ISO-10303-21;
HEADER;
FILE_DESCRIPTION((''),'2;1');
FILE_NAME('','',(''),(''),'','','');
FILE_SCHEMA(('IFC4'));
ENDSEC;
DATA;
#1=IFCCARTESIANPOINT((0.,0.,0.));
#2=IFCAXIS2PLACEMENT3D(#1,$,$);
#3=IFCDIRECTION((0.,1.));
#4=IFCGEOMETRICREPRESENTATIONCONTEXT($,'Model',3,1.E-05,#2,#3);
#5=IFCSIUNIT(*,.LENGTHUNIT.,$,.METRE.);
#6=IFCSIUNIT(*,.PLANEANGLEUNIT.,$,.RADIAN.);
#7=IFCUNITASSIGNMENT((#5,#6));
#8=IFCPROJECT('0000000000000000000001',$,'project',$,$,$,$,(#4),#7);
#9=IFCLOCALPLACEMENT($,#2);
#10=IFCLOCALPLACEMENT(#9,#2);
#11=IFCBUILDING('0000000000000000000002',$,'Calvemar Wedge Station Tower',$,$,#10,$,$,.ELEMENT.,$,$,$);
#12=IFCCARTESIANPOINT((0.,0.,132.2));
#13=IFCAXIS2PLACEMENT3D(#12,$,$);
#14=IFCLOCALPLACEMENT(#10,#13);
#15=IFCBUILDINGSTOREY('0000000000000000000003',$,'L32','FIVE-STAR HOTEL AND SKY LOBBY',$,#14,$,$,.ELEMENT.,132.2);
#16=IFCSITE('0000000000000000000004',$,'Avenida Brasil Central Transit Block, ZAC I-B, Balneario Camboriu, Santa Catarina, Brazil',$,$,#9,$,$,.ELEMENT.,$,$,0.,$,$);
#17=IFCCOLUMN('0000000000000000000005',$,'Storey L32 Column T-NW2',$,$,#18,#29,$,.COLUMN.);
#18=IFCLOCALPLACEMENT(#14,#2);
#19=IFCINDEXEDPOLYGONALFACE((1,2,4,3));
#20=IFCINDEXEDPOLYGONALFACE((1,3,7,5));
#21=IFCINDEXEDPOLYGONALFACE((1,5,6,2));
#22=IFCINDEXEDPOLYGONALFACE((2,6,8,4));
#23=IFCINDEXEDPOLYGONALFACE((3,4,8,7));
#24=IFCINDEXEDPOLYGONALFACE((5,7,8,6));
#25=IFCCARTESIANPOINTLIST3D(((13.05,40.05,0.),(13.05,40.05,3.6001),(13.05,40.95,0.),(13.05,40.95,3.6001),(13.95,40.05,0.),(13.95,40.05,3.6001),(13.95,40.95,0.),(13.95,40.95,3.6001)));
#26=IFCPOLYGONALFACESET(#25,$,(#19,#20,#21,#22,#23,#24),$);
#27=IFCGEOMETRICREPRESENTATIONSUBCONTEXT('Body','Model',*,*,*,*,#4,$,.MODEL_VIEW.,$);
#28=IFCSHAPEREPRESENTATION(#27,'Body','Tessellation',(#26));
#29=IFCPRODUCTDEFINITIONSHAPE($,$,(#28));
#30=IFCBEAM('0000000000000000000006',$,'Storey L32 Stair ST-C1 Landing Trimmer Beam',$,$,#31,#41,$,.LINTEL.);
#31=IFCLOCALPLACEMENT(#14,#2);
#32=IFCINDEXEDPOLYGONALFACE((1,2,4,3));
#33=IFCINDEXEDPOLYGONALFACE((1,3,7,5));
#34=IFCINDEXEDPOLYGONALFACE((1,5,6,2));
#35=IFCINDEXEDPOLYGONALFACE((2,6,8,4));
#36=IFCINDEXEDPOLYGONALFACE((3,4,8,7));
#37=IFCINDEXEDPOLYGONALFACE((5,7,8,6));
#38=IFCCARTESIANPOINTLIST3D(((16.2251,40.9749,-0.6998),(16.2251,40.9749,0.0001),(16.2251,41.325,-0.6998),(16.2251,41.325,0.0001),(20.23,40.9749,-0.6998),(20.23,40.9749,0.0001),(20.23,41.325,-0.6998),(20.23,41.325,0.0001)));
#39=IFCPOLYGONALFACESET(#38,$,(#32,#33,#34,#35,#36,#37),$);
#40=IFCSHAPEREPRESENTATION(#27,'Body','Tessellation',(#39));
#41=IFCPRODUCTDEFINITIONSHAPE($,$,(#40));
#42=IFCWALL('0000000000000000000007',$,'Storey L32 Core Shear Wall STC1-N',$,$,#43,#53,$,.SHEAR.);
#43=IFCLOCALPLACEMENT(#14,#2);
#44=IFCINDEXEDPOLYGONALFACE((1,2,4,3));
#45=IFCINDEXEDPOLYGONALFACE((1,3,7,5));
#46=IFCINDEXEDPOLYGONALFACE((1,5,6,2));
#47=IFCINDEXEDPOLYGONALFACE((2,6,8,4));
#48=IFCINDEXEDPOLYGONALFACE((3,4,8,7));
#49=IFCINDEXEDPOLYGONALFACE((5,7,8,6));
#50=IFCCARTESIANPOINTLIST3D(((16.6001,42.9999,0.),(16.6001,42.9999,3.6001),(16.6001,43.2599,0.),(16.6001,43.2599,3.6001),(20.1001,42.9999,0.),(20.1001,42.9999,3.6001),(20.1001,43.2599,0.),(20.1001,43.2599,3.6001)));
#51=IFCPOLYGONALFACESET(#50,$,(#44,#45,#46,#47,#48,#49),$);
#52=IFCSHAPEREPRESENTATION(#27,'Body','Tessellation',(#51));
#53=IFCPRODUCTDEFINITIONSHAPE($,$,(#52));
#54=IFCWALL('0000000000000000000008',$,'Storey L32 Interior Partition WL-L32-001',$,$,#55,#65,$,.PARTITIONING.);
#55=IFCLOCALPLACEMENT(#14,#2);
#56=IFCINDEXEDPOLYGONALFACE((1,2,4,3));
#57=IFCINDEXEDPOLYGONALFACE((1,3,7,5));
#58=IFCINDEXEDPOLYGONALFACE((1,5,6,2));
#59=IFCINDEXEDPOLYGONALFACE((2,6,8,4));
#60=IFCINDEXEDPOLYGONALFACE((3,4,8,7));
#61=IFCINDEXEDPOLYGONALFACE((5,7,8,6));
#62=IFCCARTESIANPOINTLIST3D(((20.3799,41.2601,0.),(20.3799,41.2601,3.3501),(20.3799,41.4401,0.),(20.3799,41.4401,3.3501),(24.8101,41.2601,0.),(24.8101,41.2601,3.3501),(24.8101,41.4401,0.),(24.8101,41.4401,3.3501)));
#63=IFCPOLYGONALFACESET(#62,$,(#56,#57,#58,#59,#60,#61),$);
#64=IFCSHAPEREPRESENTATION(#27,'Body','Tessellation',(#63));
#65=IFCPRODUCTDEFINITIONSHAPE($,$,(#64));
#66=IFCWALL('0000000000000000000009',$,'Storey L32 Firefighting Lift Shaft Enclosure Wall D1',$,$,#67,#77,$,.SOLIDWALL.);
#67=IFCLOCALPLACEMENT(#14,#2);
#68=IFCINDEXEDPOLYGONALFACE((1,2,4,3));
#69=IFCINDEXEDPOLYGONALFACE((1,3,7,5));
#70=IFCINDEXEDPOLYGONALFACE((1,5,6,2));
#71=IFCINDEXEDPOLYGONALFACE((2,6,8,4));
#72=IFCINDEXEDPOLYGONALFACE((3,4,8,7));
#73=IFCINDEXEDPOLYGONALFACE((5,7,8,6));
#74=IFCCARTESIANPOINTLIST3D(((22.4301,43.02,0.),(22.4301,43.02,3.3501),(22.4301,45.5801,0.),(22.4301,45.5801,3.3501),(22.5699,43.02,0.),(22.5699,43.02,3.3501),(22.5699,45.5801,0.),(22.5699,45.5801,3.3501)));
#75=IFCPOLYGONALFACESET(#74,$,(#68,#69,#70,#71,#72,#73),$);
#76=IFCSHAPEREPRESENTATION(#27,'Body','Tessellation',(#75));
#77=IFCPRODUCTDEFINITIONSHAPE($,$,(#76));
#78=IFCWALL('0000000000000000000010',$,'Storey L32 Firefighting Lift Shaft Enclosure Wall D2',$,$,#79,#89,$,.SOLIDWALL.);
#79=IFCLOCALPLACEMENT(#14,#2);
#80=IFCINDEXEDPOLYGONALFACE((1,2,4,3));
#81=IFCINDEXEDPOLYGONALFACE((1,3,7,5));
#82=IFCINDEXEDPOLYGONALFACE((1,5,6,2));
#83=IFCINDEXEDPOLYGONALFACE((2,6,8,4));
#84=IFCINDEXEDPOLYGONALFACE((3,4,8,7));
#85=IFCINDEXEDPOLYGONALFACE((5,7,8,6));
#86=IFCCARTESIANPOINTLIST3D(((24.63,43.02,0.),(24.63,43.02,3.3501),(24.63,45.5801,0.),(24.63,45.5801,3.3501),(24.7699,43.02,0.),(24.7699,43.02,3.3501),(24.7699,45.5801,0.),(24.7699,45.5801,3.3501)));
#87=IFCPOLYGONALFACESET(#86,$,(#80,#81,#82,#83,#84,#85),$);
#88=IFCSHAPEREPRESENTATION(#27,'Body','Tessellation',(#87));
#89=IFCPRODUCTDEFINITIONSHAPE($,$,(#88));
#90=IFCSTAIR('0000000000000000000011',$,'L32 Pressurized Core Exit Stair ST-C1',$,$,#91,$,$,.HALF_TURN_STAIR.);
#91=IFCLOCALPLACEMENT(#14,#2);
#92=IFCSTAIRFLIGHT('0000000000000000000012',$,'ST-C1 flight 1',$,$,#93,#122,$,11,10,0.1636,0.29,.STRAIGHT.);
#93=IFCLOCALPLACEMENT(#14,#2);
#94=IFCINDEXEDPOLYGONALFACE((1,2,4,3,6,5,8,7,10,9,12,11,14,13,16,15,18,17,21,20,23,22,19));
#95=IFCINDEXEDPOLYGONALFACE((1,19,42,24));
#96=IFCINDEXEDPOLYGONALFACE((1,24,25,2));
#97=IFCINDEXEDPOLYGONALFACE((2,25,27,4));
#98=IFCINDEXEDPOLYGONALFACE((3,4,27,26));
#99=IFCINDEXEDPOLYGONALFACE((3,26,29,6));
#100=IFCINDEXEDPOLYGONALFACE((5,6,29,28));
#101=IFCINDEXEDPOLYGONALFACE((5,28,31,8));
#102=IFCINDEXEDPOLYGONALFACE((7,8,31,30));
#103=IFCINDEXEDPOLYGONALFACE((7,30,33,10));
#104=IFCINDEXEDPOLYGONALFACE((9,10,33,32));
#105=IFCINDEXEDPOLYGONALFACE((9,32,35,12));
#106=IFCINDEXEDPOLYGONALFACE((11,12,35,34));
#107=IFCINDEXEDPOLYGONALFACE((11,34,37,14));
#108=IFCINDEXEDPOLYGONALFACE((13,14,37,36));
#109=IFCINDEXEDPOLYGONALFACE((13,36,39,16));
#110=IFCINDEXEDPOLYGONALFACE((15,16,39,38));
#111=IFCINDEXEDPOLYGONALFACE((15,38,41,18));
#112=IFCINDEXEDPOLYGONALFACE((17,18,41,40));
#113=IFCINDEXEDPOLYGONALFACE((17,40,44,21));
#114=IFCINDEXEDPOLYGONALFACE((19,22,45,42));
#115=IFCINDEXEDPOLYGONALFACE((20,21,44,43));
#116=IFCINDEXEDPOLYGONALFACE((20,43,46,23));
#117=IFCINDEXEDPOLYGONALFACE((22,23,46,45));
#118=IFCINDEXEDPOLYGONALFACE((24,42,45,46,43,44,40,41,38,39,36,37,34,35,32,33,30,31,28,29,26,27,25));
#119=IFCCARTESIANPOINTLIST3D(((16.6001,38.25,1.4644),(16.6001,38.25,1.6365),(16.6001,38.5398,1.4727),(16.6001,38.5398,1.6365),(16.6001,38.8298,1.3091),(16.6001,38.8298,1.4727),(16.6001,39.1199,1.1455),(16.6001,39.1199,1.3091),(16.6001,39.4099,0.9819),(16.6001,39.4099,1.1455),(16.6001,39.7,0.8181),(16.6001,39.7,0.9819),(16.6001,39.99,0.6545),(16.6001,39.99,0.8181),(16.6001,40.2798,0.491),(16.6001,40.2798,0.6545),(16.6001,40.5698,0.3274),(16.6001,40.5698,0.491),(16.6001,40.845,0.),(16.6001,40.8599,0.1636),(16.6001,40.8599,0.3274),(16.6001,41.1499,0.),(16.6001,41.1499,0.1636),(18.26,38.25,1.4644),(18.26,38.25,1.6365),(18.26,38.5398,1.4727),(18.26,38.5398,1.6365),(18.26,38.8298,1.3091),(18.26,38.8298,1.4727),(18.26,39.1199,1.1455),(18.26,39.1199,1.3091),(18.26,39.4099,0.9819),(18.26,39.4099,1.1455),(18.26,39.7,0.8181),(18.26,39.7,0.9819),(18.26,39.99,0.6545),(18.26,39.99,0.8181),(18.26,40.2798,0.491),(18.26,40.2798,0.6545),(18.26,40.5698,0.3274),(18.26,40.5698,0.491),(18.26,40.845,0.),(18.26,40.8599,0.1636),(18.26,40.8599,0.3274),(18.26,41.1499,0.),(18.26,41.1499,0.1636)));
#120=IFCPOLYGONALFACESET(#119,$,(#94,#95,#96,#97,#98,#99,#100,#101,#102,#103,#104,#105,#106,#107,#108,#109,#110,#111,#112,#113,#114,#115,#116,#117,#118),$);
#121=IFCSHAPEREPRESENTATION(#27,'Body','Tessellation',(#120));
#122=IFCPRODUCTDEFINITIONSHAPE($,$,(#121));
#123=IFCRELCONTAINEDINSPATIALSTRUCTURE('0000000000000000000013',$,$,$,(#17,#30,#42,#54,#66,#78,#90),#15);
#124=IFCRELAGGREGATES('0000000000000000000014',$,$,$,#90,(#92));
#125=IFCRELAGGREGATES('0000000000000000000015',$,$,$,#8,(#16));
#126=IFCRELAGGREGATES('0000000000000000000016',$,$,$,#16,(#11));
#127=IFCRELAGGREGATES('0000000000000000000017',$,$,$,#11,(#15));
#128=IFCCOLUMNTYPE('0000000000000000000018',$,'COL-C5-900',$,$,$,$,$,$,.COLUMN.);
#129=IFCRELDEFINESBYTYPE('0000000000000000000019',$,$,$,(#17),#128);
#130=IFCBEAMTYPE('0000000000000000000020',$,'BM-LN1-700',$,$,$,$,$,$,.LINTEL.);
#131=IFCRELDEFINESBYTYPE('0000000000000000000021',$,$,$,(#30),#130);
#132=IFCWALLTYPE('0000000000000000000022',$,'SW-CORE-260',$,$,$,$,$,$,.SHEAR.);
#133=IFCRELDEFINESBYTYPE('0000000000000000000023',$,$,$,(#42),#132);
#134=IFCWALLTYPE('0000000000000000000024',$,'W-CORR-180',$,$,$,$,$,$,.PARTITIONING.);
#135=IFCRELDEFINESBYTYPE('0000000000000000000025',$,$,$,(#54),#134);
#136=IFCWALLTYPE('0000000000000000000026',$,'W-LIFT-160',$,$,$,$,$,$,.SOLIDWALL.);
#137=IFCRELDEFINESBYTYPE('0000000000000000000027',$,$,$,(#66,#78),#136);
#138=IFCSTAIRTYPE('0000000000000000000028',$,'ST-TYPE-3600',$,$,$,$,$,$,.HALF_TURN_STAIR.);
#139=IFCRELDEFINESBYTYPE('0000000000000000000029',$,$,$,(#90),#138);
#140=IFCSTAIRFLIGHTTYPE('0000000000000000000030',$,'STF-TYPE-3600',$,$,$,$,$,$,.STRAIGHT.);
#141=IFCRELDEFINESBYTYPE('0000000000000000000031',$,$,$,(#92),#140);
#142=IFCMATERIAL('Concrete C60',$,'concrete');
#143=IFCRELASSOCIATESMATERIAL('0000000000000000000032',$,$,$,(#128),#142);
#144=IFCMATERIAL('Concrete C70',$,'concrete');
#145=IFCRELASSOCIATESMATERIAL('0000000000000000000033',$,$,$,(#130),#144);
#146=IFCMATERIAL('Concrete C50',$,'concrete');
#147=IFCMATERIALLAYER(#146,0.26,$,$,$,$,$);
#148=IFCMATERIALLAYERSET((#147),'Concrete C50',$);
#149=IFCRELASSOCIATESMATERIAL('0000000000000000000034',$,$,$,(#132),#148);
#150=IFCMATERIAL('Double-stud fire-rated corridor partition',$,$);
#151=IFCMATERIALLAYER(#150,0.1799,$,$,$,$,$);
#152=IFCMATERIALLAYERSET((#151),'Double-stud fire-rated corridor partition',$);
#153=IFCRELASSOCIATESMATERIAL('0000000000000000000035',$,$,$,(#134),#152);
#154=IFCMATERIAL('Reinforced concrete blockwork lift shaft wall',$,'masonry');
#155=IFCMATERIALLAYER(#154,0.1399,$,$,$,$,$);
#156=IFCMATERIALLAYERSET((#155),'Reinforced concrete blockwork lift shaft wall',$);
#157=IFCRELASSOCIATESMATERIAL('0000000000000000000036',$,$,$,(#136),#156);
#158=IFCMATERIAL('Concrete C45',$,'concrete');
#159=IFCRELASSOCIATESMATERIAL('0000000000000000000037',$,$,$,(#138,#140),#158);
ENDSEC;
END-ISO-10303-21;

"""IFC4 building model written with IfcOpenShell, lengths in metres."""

from ifc_helpers import new_model, si_unit, direction, frame, frame_2d, origin, origin_2d, place, context, subcontext, project, spatial, polyline, rectangle, outline, extrude, source, transform, mapped, material, layer, layer_set, material_profile, profile_set, type_object, element, aggregate, save


model = new_model("IFC4")

# Units and contexts
model_context = context("Model", 3, precision=1e-05, world=origin(), true_north=direction((0.0, 1.0)))
body_context = subcontext(model_context, "Body", "Model", "MODEL_VIEW")
ifc_project = project(units=[si_unit("LENGTHUNIT", "METRE"), si_unit("PLANEANGLEUNIT", "RADIAN")], contexts=[model_context])

# Site, building, storey
site_placement = place(None, origin())
site = spatial("IfcSite", under=ifc_project, at=site_placement, Name="Avenida Brasil Central Transit Block, ZAC I-B, Balneario Camboriu, Santa Catarina, Brazil", CompositionType="ELEMENT", RefElevation=0.0)
building_placement = place(site_placement, origin())
building = spatial("IfcBuilding", under=site, at=building_placement, Name="Calvemar Wedge Station Tower", CompositionType="ELEMENT")
storey_placement = place(building_placement, frame((0.0, 0.0, 132.2)))
storey = spatial("IfcBuildingStorey", under=building, at=storey_placement, Name="L32", Description="FIVE-STAR HOTEL AND SKY LOBBY", CompositionType="ELEMENT", Elevation=132.2)

# Column
ifc_material_1 = material(Name="Concrete C60", Category="concrete")
ifc_material_profile_1 = material_profile(ifc_material_1, rectangle(XDim=0.8999, YDim=0.8999, at=origin_2d()), Name="RC900x900")
ifc_profile_set_1 = profile_set([ifc_material_profile_1], Name="Concrete C60")
column_type = type_object("IfcColumnType", Name="COL-C5-900", PredefinedType="COLUMN", material=ifc_profile_set_1)
shared_shape_1 = source(origin(), body_context, "Body", "SweptSolid", [
    extrude(rectangle(XDim=0.8999, YDim=0.8999, at=origin_2d()), origin(), (0.0, 0.0, 1.0), 3.6001),
])
column_placement = place(storey_placement, frame((13.5, 40.5, 0.0), z_axis=(0.0, 0.0, 1.0), x_axis=(1.0, 0.0, 0.0)))
element("IfcColumn", 1, at=column_placement, inside=storey, type_object=column_type, Name="Storey L32 Column T-NW2", PredefinedType="COLUMN", context=body_context, shape_type="MappedRepresentation", body=[
    mapped(shared_shape_1, transform((0.0, 0.0, 0.0), scale=1.0)),
])

# Beam
ifc_material_2 = material(Name="Concrete C70", Category="concrete")
ifc_material_profile_2 = material_profile(ifc_material_2, rectangle(XDim=0.3501, YDim=0.7, at=origin_2d()), Name="RC350x700")
ifc_profile_set_2 = profile_set([ifc_material_profile_2], Name="Concrete C70")
beam_type = type_object("IfcBeamType", Name="BM-LN1-700", PredefinedType="LINTEL", material=ifc_profile_set_2)
shared_shape_2 = source(origin(), body_context, "Body", "SweptSolid", [
    extrude(rectangle(XDim=0.3501, YDim=0.7, at=origin_2d()), origin(), (0.0, 0.0, 1.0), 4.0049),
])
beam_placement = place(storey_placement, frame((16.2251, 41.1499, -0.3499), z_axis=(1.0, 0.0, 0.0), x_axis=(0.0, 1.0, 0.0)))
element("IfcBeam", 2, at=beam_placement, inside=storey, type_object=beam_type, Name="Storey L32 Stair ST-C1 Landing Trimmer Beam", PredefinedType="LINTEL", context=body_context, shape_type="MappedRepresentation", body=[
    mapped(shared_shape_2, transform((0.0, 0.0, 0.0), scale=1.0)),
])

# Walls
ifc_material_3 = material(Name="Concrete C50", Category="concrete")
ifc_layer_1 = layer(ifc_material_3, 0.26)
ifc_layer_set_1 = layer_set([ifc_layer_1], Name="Concrete C50")
wall_type_1 = type_object("IfcWallType", Name="SW-CORE-260", PredefinedType="SHEAR", material=ifc_layer_set_1)
wall_1_placement = place(storey_placement, frame((16.6001, 43.1299, 0.0), z_axis=(0.0, 0.0, 1.0), x_axis=(1.0, 0.0, 0.0)))
element("IfcWall", 3, at=wall_1_placement, inside=storey, type_object=wall_type_1, Name="Storey L32 Core Shear Wall STC1-N", PredefinedType="SHEAR", context=body_context, shape_type="SweptSolid", body=[
    extrude(rectangle(XDim=3.5, YDim=0.26, at=frame_2d((1.75, 0.0))), origin(), (0.0, 0.0, 1.0), 3.6001),
])
ifc_material_4 = material(Name="Double-stud fire-rated corridor partition")
ifc_layer_2 = layer(ifc_material_4, 0.1799)
ifc_layer_set_2 = layer_set([ifc_layer_2], Name="Double-stud fire-rated corridor partition")
wall_type_2 = type_object("IfcWallType", Name="W-CORR-180", PredefinedType="PARTITIONING", material=ifc_layer_set_2)
wall_2_placement = place(storey_placement, frame((24.8101, 41.3501, 0.0), z_axis=(0.0, 0.0, 1.0), x_axis=(-1.0, 0.0, 0.0)))
element("IfcWall", 4, at=wall_2_placement, inside=storey, type_object=wall_type_2, Name="Storey L32 Interior Partition WL-L32-001", PredefinedType="PARTITIONING", context=body_context, shape_type="SweptSolid", body=[
    extrude(rectangle(XDim=4.4302, YDim=0.1799, at=frame_2d((2.2151, 0.0))), origin(), (0.0, 0.0, 1.0), 3.3501),
])

# Shared definitions
ifc_material_5 = material(Name="Reinforced concrete blockwork lift shaft wall", Category="masonry")
ifc_layer_3 = layer(ifc_material_5, 0.1399)
ifc_layer_set_3 = layer_set([ifc_layer_3], Name="Reinforced concrete blockwork lift shaft wall")
wall_type_3 = type_object("IfcWallType", Name="W-LIFT-160", PredefinedType="SOLIDWALL", material=ifc_layer_set_3)

# Walls
for number, where, z_axis, x_axis, name in (
    (5, (22.5, 43.02, 0.0), (0.0, 0.0, 1.0), (0.0, 1.0, 0.0), "Storey L32 Firefighting Lift Shaft Enclosure Wall D1"),
    (6, (24.7, 43.02, 0.0), (0.0, 0.0, 1.0), (0.0, 1.0, 0.0), "Storey L32 Firefighting Lift Shaft Enclosure Wall D2"),
):
    element("IfcWall", number, at=place(storey_placement, frame(where, z_axis=z_axis, x_axis=x_axis)), inside=storey, type_object=wall_type_3, Name=name, PredefinedType="SOLIDWALL", context=body_context, shape_type="SweptSolid", body=[
        extrude(rectangle(XDim=2.5601, YDim=0.1399, at=frame_2d((1.28, 0.0))), origin(), (0.0, 0.0, 1.0), 3.3501),
    ])

# Stair, stair flight
ifc_material_6 = material(Name="Concrete C45", Category="concrete")
stair_type = type_object("IfcStairType", Name="ST-TYPE-3600", PredefinedType="HALF_TURN_STAIR", material=ifc_material_6)
stair_placement = place(storey_placement, origin())
stair = element("IfcStair", 7, at=stair_placement, inside=storey, type_object=stair_type, Name="L32 Pressurized Core Exit Stair ST-C1", PredefinedType="HALF_TURN_STAIR")
stair_flight_type = type_object("IfcStairFlightType", Name="STF-TYPE-3600", PredefinedType="STRAIGHT", material=ifc_material_6)
stair_flight_placement = place(storey_placement, frame((17.4299, 41.1499, 0.0), z_axis=(0.0, 0.0, 1.0), x_axis=(0.0, -1.0, 0.0)))
stair_flight = element("IfcStairFlight", 8, at=stair_flight_placement, type_object=stair_flight_type, Name="ST-C1 flight 1", NumberOfRisers=11, NumberOfTreads=10, PredefinedType="STRAIGHT", RiserHeight=0.1636, TreadLength=0.29, context=body_context, shape_type="SweptSolid", body=[
    extrude(outline(polyline([(0.0, 0.0), (0.0, 0.1636), (0.29, 0.1636), (0.29, 0.3274), (0.5801, 0.3274), (0.5801, 0.491), (0.8701, 0.491), (0.8701, 0.6545), (1.1599, 0.6545), (1.1599, 0.8181), (1.45, 0.8181), (1.45, 0.9819), (1.74, 0.9819), (1.74, 1.1455), (2.03, 1.1455), (2.03, 1.3091), (2.3201, 1.3091), (2.3201, 1.4727), (2.6101, 1.4727), (2.6101, 1.6365), (2.8999, 1.6365), (2.8999, 1.8), (2.8999, 1.4644), (0.3049, 0.0), (0.0, 0.0)])), frame((0.0, 0.8301, 0.0), z_axis=(0.0, -1.0, 0.0), x_axis=(1.0, 0.0, 0.0)), (0.0, 0.0, 1.0), 1.6599),
])
aggregate(stair, [stair_flight])

save(model, "model.ifc")
